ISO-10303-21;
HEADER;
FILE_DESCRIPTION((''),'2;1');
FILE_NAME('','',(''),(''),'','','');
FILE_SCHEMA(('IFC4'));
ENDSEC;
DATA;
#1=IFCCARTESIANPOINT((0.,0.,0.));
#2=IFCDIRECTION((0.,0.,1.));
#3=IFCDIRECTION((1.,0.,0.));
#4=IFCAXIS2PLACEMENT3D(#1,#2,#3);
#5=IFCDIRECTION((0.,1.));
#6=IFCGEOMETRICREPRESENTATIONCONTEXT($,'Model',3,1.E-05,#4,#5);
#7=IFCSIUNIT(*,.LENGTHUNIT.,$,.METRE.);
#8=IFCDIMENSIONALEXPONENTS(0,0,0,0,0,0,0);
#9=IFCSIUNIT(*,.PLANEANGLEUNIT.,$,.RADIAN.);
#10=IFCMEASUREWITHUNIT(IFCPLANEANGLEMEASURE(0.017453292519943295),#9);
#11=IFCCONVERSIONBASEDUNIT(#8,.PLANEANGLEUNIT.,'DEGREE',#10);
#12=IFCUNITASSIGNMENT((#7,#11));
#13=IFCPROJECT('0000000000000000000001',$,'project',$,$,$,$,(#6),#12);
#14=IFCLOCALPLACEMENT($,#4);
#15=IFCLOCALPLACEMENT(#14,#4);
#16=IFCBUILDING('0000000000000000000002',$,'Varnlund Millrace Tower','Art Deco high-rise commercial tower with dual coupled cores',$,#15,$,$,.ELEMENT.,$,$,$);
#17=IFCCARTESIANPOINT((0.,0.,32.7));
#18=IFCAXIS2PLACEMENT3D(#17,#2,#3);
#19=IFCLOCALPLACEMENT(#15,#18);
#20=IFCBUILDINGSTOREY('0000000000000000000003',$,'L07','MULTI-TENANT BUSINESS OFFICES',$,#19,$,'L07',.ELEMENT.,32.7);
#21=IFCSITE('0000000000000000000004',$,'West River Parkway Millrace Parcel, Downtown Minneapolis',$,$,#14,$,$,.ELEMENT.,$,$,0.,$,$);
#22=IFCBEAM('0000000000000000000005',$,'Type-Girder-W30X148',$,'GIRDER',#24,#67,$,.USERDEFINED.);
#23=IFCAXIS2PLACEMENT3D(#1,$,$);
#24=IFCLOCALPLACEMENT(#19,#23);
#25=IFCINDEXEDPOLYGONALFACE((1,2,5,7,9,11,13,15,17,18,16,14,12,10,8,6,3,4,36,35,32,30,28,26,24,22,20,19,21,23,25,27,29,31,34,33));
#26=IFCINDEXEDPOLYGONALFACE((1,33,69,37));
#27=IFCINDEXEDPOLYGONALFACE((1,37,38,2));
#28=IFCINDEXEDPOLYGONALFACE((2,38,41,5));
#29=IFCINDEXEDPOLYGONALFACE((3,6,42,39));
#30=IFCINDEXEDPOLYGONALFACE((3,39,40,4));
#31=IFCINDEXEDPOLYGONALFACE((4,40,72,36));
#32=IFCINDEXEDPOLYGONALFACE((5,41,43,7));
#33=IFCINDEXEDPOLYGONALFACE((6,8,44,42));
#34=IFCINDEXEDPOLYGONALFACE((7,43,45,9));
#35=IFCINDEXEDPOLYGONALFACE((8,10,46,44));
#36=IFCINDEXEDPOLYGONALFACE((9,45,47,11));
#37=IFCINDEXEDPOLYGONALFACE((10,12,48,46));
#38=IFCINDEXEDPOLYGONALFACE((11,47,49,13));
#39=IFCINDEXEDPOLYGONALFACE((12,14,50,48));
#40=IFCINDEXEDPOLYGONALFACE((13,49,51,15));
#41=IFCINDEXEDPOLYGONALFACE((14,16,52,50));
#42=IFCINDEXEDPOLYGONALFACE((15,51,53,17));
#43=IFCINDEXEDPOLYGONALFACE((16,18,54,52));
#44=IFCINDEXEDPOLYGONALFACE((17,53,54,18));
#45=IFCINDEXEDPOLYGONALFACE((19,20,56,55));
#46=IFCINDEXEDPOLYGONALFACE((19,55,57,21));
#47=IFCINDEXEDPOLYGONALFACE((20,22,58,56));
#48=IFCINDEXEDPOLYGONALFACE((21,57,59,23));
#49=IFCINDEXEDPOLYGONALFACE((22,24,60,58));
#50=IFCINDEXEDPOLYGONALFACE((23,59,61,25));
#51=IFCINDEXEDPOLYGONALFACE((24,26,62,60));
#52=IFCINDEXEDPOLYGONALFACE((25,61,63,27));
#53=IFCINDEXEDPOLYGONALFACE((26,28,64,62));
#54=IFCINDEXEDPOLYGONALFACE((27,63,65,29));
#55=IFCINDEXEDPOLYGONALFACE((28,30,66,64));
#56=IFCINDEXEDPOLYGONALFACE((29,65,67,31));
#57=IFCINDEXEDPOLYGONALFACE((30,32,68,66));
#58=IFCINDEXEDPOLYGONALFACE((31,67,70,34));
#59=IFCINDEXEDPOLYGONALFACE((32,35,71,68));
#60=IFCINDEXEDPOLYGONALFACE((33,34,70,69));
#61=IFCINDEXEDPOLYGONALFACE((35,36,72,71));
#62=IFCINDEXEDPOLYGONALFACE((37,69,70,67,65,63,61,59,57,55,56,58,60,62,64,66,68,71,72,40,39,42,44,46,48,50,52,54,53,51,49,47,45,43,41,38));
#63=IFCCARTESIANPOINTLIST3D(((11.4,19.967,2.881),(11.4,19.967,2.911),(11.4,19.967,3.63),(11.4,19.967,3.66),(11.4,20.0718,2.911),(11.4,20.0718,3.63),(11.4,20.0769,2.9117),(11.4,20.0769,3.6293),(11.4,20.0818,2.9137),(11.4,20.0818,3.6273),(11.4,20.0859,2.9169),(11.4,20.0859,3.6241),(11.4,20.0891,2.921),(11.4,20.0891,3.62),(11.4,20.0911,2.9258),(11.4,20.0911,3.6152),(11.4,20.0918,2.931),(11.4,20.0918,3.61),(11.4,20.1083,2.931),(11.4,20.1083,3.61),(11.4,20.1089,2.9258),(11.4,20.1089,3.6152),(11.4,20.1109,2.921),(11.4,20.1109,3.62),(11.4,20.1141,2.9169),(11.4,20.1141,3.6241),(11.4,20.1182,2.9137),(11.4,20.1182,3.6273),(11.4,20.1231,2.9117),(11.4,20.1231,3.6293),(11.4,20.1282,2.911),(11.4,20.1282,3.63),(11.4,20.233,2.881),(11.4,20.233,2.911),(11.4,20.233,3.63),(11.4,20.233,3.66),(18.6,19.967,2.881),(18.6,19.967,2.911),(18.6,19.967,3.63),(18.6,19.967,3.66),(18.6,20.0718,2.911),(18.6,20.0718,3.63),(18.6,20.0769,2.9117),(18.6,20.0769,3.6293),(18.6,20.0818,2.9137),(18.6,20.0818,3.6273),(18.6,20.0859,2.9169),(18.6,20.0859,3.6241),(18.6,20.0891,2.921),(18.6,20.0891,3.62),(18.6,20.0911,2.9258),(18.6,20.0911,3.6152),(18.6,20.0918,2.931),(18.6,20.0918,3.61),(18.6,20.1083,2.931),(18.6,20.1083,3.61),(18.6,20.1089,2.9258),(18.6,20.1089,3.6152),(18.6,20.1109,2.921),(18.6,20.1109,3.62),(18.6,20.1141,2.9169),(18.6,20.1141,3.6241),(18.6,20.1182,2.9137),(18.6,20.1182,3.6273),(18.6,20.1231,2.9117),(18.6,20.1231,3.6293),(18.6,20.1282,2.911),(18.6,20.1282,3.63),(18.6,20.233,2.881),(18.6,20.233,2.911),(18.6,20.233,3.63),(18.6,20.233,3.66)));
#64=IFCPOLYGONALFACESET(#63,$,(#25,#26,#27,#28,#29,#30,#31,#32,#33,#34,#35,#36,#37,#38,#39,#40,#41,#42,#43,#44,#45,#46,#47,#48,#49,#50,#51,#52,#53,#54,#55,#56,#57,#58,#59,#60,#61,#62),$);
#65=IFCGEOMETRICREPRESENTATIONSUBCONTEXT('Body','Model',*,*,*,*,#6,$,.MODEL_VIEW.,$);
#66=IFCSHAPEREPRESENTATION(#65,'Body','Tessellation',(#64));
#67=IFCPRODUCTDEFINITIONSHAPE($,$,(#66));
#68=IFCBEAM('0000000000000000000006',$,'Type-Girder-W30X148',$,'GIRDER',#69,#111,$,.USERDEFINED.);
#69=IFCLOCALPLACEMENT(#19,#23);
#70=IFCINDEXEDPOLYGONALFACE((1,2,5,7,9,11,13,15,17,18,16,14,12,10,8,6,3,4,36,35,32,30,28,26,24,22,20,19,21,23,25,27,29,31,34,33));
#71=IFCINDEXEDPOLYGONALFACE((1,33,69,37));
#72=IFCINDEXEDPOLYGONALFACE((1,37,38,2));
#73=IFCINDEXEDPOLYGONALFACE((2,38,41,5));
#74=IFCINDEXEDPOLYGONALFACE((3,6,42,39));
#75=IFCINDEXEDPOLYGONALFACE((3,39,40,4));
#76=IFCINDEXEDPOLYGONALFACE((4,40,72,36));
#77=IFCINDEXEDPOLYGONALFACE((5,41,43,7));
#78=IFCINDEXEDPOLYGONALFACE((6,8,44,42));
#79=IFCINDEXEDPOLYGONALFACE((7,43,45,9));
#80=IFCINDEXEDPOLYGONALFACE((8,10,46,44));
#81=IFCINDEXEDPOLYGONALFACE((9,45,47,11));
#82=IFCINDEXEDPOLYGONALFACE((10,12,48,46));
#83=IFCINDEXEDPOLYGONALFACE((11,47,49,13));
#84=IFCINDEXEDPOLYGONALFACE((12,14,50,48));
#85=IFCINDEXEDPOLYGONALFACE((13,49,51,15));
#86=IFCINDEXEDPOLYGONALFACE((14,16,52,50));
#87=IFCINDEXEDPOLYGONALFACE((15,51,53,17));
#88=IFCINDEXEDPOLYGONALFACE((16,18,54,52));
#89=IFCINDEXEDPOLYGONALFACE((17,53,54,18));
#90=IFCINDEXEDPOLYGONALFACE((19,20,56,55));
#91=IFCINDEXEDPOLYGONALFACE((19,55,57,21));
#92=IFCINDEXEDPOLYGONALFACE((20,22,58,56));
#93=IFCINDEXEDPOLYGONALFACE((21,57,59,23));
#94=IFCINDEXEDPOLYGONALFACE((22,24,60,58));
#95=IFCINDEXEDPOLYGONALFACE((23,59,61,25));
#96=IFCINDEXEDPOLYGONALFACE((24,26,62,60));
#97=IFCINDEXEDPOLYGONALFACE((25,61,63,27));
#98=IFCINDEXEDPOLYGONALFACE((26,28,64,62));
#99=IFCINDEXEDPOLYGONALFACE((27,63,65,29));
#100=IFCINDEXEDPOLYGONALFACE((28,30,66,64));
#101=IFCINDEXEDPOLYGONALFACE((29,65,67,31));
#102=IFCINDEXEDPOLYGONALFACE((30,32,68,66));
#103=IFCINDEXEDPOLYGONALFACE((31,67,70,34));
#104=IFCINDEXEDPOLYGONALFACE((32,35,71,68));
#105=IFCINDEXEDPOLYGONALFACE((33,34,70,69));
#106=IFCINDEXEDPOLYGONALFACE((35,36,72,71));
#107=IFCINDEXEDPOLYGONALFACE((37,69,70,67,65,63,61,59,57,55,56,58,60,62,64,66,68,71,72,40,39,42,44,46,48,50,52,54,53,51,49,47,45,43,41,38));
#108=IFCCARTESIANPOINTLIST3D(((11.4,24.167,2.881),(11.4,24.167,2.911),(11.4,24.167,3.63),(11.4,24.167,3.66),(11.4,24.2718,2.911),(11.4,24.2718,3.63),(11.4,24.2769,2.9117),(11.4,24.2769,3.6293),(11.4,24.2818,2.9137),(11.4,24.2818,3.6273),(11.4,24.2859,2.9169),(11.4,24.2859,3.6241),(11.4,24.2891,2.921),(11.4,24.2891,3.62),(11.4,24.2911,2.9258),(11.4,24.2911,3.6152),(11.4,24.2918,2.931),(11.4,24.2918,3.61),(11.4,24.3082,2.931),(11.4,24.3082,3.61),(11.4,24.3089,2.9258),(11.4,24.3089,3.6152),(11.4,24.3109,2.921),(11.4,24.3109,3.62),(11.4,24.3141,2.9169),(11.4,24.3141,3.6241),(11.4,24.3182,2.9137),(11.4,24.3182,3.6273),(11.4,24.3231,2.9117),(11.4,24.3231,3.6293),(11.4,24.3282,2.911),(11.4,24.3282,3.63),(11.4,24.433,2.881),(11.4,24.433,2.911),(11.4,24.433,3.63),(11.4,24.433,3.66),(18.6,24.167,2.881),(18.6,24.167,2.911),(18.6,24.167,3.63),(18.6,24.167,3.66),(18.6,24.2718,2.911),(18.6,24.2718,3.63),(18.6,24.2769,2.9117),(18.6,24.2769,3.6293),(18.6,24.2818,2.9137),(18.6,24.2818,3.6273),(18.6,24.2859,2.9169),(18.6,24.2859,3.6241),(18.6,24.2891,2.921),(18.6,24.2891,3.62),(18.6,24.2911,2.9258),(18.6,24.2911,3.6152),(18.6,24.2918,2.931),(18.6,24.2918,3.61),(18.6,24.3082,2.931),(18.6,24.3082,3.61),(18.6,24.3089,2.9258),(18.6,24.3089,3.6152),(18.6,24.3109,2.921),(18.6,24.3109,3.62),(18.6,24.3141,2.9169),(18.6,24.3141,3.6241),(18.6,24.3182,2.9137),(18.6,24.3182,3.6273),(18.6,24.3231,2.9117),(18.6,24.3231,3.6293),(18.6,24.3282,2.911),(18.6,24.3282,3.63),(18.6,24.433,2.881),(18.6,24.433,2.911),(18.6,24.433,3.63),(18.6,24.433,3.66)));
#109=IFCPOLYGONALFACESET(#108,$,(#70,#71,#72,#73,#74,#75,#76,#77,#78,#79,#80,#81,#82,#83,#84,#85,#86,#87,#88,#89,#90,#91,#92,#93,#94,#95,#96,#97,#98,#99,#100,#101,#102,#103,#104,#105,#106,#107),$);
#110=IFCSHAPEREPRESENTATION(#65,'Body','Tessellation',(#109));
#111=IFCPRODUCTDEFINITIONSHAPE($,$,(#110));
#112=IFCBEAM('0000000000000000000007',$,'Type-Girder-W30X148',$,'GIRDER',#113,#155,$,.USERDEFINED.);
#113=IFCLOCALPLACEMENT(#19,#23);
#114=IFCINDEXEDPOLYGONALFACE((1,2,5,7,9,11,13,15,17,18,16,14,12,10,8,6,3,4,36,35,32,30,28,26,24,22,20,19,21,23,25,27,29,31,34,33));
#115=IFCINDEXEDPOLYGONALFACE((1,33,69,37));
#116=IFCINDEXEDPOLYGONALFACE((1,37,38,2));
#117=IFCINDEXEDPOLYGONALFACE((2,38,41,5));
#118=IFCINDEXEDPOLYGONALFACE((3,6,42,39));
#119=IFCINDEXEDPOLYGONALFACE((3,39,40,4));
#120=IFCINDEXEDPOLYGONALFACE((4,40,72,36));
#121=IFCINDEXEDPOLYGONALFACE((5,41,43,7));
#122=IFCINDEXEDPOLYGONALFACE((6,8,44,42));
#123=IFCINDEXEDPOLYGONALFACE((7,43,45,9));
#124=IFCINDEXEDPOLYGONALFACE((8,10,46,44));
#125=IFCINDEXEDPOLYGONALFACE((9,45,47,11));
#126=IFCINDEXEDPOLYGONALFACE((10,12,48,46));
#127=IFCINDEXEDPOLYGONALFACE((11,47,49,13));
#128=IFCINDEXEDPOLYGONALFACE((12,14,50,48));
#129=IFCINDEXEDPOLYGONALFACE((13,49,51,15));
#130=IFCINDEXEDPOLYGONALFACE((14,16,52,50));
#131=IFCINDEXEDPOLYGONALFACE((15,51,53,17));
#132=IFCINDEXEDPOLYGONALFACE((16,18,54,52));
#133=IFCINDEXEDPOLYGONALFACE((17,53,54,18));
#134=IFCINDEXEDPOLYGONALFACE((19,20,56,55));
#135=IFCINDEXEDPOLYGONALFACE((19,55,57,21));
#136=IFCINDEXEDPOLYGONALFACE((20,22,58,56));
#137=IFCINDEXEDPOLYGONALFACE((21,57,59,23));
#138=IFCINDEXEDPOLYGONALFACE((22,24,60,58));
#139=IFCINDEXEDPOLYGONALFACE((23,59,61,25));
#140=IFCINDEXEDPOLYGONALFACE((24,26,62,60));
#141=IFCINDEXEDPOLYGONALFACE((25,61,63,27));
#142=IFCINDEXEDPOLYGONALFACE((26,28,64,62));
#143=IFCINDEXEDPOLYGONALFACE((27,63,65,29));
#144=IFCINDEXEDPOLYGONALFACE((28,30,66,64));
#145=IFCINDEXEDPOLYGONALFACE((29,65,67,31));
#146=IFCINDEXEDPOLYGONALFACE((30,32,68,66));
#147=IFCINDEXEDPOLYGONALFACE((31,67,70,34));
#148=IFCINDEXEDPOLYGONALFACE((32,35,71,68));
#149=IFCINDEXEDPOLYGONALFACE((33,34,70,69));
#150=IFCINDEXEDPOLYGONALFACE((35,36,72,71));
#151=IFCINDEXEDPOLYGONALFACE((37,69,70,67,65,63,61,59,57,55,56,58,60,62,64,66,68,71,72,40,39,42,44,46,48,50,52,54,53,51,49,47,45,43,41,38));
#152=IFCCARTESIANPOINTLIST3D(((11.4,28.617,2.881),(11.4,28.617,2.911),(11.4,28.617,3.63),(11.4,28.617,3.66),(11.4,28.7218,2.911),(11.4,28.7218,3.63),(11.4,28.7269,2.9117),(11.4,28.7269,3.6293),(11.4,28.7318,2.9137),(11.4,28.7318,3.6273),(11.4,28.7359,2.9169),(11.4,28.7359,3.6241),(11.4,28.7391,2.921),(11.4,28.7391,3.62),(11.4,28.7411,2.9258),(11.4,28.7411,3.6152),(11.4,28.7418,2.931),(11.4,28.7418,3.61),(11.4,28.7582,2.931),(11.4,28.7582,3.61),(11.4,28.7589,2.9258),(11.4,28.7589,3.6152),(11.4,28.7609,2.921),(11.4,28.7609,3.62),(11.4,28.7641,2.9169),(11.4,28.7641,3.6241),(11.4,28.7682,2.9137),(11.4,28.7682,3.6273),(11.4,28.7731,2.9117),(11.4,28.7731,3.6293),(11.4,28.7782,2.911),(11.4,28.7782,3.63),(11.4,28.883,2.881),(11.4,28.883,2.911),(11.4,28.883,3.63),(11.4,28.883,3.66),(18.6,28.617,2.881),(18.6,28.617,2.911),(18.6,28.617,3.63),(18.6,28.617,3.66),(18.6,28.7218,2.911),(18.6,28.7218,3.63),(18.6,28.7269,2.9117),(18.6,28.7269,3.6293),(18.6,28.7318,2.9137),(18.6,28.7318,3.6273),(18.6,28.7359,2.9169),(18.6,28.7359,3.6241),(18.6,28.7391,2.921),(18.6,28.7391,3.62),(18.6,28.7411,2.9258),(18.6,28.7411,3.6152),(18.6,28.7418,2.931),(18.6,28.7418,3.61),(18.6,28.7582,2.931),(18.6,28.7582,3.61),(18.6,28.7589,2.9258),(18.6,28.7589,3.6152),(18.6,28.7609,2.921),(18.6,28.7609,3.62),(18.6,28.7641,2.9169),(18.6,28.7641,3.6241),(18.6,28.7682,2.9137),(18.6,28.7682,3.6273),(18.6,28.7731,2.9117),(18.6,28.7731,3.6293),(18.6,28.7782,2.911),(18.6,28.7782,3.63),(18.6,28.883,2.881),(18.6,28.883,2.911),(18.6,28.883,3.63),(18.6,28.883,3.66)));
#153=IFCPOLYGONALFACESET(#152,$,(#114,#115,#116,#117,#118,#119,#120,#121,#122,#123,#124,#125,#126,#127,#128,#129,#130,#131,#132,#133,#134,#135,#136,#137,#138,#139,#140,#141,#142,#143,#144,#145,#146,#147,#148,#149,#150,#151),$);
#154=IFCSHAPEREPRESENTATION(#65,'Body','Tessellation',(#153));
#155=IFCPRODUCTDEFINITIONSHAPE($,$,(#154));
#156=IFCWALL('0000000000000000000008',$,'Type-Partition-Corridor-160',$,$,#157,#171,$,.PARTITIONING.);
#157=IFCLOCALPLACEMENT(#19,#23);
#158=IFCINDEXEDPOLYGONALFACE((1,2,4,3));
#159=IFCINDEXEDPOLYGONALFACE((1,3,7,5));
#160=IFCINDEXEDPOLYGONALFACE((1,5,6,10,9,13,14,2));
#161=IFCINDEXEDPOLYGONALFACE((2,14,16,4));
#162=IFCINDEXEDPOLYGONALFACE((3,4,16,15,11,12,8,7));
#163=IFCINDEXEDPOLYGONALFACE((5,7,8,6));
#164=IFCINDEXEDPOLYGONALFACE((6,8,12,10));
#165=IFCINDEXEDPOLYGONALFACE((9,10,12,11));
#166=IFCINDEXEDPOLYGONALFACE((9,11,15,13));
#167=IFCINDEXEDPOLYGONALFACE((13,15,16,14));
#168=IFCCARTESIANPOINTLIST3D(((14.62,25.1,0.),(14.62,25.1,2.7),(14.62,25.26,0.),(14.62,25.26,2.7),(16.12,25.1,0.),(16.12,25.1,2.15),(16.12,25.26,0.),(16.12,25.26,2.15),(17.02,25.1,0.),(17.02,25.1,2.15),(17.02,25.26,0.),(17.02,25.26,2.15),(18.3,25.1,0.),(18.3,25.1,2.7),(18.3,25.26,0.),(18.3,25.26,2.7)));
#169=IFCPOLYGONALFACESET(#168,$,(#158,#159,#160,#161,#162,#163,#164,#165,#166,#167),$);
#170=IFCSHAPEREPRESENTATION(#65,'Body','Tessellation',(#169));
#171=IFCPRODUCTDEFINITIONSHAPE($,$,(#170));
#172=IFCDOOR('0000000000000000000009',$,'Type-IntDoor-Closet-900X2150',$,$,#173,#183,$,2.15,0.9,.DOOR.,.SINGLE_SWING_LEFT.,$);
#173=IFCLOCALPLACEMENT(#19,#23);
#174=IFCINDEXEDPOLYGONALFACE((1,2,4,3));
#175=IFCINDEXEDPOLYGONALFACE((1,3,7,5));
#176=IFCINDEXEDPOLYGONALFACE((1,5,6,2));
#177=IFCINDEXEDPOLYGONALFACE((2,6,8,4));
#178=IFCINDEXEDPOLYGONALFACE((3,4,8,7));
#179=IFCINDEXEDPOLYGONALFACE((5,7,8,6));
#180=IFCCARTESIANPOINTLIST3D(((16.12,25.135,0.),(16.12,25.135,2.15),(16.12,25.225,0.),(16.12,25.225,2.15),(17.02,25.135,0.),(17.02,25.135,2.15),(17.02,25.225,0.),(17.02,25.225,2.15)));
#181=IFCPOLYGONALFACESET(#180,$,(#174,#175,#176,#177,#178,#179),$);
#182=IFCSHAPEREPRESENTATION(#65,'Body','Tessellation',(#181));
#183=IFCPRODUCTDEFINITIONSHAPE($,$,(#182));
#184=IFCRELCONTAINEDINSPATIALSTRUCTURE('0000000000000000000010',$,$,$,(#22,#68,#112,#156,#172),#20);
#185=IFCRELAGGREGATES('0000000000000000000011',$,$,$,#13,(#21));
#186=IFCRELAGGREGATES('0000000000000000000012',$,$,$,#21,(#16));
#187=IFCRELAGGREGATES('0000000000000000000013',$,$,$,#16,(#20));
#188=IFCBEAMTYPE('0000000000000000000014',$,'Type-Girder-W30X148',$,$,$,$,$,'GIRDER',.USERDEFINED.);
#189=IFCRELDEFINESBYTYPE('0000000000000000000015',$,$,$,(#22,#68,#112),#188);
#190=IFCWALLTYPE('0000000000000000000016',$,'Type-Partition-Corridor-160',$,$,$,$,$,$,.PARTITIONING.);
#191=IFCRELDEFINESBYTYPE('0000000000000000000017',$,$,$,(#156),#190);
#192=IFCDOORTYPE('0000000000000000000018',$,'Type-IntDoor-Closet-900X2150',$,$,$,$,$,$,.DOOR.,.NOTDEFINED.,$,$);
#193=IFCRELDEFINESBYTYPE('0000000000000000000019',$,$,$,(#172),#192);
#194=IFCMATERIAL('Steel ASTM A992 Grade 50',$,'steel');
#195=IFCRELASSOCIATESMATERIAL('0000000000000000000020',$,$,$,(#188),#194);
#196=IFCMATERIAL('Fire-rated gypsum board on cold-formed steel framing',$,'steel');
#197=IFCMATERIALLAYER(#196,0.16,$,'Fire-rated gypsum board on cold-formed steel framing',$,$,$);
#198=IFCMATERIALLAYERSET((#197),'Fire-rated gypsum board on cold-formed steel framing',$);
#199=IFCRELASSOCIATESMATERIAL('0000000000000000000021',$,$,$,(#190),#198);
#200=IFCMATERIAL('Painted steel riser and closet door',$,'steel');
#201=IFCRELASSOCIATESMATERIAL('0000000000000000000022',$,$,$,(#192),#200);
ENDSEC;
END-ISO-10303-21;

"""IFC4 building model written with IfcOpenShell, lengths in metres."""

from ifc_helpers import new_model, entity, si_unit, converted_unit, direction, frame, origin_with_axes, origin_2d_with_axis, place, context, subcontext, project, spatial, polyline, rectangle, i_section, outline, extrude, material, layer, layer_set, material_profile, profile_set, type_object, element, fill, save


model = new_model("IFC4")

# Units and contexts
model_context = context("Model", 3, precision=1e-05, world=origin_with_axes(), true_north=direction((0.0, 1.0)))
body_context = subcontext(model_context, "Body", "Model", "MODEL_VIEW")
ifc_project = project(units=[si_unit("LENGTHUNIT", "METRE"), converted_unit("PLANEANGLEUNIT", "DEGREE", entity("IfcPlaneAngleMeasure", 0.017453292519943295), si_unit("PLANEANGLEUNIT", "RADIAN"), dimensions=[0, 0, 0, 0, 0, 0, 0])], contexts=[model_context])

# Site, building, storey
site_placement = place(None, origin_with_axes())
site = spatial("IfcSite", under=ifc_project, at=site_placement, Name="West River Parkway Millrace Parcel, Downtown Minneapolis", CompositionType="ELEMENT", RefElevation=0.0)
building_placement = place(site_placement, origin_with_axes())
building = spatial("IfcBuilding", under=site, at=building_placement, Name="Varnlund Millrace Tower", Description="Art Deco high-rise commercial tower with dual coupled cores", CompositionType="ELEMENT")
storey_placement = place(building_placement, frame((0.0, 0.0, 32.7), z_axis=(0.0, 0.0, 1.0), x_axis=(1.0, 0.0, 0.0)))
storey = spatial("IfcBuildingStorey", under=building, at=storey_placement, Name="L07", Description="MULTI-TENANT BUSINESS OFFICES", LongName="L07", CompositionType="ELEMENT", Elevation=32.7)

# Beams
ifc_material_1 = material(Name="Steel ASTM A992 Grade 50", Category="steel")
ifc_material_profile_1 = material_profile(ifc_material_1, i_section(OverallWidth=0.266, OverallDepth=0.779, WebThickness=0.0165, FlangeThickness=0.03, FilletRadius=0.02, at=origin_2d_with_axis()), Name="Steel ASTM A992 Grade 50")
ifc_profile_set_1 = profile_set([ifc_material_profile_1], Name="Steel ASTM A992 Grade 50")
beam_type_1 = type_object("IfcBeamType", Name="Type-Girder-W30X148", ElementType="GIRDER", PredefinedType="USERDEFINED", material=ifc_profile_set_1)
for number, where, z_axis, x_axis, name in (
    (1, (11.4, 20.1, 3.2705), (1.0, 0.0, 0.0), (0.0, 1.0, 0.0), "Type-Girder-W30X148"),
    (2, (11.4, 24.3, 3.2705), (1.0, 0.0, 0.0), (0.0, 1.0, 0.0), "Type-Girder-W30X148"),
    (3, (11.4, 28.75, 3.2705), (1.0, 0.0, 0.0), (0.0, 1.0, 0.0), "Type-Girder-W30X148"),
):
    element("IfcBeam", number, at=place(storey_placement, frame(where, z_axis=z_axis, x_axis=x_axis)), inside=storey, type_object=beam_type_1, Name=name, ObjectType="GIRDER", PredefinedType="USERDEFINED", context=body_context, shape_type="SweptSolid", body=[
        extrude(i_section(OverallWidth=0.266, OverallDepth=0.779, WebThickness=0.0165, FlangeThickness=0.03, FilletRadius=0.02, at=origin_2d_with_axis()), origin_with_axes(), (0.0, 0.0, 1.0), 7.2),
    ])

# Wall, opening, door
ifc_material_2 = material(Name="Fire-rated gypsum board on cold-formed steel framing", Category="steel")
ifc_layer_1 = layer(ifc_material_2, 0.16, Name="Fire-rated gypsum board on cold-formed steel framing")
ifc_layer_set_1 = layer_set([ifc_layer_1], Name="Fire-rated gypsum board on cold-formed steel framing")
wall_type_1 = type_object("IfcWallType", Name="Type-Partition-Corridor-160", PredefinedType="PARTITIONING", material=ifc_layer_set_1)
wall_1_placement = place(storey_placement, frame((14.62, 25.18, 0.0), z_axis=(0.0, 0.0, 1.0), x_axis=(1.0, 0.0, 0.0)))
wall_1 = element("IfcWall", 4, at=wall_1_placement, inside=storey, type_object=wall_type_1, Name="Type-Partition-Corridor-160", PredefinedType="PARTITIONING", context=body_context, shape_type="SweptSolid", body=[
    extrude(outline(polyline([(0.0, -0.08), (3.68, -0.08), (3.68, 0.08), (0.0, 0.08), (0.0, -0.08)])), origin_with_axes(), (0.0, 0.0, 1.0), 2.7),
])
opening_1_placement = place(wall_1_placement, frame((1.95, 0.0, 0.0), z_axis=(0.0, 0.0, 1.0), x_axis=(1.0, 0.0, 0.0)))
opening_1 = element("IfcOpeningElement", 5, at=opening_1_placement, cuts=wall_1, PredefinedType="OPENING", context=body_context, shape_type="SweptSolid", body=[
    extrude(rectangle(XDim=0.9, YDim=0.18, at=origin_2d_with_axis()), origin_with_axes(), (0.0, 0.0, 1.0), 2.15),
])
ifc_material_3 = material(Name="Painted steel riser and closet door", Category="steel")
door_type_1 = type_object("IfcDoorType", Name="Type-IntDoor-Closet-900X2150", OperationType="NOTDEFINED", PredefinedType="DOOR", material=ifc_material_3)
door_1_placement = place(wall_1_placement, frame((1.95, 0.0, 0.0), z_axis=(0.0, 0.0, 1.0), x_axis=(1.0, 0.0, 0.0)))
door_1 = element("IfcDoor", 6, at=door_1_placement, inside=storey, type_object=door_type_1, Name="Type-IntDoor-Closet-900X2150", OperationType="SINGLE_SWING_LEFT", OverallHeight=2.15, OverallWidth=0.9, PredefinedType="DOOR", context=body_context, shape_type="SweptSolid", body=[
    extrude(rectangle(XDim=0.9, YDim=0.09, at=origin_2d_with_axis()), origin_with_axes(), (0.0, 0.0, 1.0), 2.15),
])
fill(opening_1, door_1)

save(model, "model.ifc")
